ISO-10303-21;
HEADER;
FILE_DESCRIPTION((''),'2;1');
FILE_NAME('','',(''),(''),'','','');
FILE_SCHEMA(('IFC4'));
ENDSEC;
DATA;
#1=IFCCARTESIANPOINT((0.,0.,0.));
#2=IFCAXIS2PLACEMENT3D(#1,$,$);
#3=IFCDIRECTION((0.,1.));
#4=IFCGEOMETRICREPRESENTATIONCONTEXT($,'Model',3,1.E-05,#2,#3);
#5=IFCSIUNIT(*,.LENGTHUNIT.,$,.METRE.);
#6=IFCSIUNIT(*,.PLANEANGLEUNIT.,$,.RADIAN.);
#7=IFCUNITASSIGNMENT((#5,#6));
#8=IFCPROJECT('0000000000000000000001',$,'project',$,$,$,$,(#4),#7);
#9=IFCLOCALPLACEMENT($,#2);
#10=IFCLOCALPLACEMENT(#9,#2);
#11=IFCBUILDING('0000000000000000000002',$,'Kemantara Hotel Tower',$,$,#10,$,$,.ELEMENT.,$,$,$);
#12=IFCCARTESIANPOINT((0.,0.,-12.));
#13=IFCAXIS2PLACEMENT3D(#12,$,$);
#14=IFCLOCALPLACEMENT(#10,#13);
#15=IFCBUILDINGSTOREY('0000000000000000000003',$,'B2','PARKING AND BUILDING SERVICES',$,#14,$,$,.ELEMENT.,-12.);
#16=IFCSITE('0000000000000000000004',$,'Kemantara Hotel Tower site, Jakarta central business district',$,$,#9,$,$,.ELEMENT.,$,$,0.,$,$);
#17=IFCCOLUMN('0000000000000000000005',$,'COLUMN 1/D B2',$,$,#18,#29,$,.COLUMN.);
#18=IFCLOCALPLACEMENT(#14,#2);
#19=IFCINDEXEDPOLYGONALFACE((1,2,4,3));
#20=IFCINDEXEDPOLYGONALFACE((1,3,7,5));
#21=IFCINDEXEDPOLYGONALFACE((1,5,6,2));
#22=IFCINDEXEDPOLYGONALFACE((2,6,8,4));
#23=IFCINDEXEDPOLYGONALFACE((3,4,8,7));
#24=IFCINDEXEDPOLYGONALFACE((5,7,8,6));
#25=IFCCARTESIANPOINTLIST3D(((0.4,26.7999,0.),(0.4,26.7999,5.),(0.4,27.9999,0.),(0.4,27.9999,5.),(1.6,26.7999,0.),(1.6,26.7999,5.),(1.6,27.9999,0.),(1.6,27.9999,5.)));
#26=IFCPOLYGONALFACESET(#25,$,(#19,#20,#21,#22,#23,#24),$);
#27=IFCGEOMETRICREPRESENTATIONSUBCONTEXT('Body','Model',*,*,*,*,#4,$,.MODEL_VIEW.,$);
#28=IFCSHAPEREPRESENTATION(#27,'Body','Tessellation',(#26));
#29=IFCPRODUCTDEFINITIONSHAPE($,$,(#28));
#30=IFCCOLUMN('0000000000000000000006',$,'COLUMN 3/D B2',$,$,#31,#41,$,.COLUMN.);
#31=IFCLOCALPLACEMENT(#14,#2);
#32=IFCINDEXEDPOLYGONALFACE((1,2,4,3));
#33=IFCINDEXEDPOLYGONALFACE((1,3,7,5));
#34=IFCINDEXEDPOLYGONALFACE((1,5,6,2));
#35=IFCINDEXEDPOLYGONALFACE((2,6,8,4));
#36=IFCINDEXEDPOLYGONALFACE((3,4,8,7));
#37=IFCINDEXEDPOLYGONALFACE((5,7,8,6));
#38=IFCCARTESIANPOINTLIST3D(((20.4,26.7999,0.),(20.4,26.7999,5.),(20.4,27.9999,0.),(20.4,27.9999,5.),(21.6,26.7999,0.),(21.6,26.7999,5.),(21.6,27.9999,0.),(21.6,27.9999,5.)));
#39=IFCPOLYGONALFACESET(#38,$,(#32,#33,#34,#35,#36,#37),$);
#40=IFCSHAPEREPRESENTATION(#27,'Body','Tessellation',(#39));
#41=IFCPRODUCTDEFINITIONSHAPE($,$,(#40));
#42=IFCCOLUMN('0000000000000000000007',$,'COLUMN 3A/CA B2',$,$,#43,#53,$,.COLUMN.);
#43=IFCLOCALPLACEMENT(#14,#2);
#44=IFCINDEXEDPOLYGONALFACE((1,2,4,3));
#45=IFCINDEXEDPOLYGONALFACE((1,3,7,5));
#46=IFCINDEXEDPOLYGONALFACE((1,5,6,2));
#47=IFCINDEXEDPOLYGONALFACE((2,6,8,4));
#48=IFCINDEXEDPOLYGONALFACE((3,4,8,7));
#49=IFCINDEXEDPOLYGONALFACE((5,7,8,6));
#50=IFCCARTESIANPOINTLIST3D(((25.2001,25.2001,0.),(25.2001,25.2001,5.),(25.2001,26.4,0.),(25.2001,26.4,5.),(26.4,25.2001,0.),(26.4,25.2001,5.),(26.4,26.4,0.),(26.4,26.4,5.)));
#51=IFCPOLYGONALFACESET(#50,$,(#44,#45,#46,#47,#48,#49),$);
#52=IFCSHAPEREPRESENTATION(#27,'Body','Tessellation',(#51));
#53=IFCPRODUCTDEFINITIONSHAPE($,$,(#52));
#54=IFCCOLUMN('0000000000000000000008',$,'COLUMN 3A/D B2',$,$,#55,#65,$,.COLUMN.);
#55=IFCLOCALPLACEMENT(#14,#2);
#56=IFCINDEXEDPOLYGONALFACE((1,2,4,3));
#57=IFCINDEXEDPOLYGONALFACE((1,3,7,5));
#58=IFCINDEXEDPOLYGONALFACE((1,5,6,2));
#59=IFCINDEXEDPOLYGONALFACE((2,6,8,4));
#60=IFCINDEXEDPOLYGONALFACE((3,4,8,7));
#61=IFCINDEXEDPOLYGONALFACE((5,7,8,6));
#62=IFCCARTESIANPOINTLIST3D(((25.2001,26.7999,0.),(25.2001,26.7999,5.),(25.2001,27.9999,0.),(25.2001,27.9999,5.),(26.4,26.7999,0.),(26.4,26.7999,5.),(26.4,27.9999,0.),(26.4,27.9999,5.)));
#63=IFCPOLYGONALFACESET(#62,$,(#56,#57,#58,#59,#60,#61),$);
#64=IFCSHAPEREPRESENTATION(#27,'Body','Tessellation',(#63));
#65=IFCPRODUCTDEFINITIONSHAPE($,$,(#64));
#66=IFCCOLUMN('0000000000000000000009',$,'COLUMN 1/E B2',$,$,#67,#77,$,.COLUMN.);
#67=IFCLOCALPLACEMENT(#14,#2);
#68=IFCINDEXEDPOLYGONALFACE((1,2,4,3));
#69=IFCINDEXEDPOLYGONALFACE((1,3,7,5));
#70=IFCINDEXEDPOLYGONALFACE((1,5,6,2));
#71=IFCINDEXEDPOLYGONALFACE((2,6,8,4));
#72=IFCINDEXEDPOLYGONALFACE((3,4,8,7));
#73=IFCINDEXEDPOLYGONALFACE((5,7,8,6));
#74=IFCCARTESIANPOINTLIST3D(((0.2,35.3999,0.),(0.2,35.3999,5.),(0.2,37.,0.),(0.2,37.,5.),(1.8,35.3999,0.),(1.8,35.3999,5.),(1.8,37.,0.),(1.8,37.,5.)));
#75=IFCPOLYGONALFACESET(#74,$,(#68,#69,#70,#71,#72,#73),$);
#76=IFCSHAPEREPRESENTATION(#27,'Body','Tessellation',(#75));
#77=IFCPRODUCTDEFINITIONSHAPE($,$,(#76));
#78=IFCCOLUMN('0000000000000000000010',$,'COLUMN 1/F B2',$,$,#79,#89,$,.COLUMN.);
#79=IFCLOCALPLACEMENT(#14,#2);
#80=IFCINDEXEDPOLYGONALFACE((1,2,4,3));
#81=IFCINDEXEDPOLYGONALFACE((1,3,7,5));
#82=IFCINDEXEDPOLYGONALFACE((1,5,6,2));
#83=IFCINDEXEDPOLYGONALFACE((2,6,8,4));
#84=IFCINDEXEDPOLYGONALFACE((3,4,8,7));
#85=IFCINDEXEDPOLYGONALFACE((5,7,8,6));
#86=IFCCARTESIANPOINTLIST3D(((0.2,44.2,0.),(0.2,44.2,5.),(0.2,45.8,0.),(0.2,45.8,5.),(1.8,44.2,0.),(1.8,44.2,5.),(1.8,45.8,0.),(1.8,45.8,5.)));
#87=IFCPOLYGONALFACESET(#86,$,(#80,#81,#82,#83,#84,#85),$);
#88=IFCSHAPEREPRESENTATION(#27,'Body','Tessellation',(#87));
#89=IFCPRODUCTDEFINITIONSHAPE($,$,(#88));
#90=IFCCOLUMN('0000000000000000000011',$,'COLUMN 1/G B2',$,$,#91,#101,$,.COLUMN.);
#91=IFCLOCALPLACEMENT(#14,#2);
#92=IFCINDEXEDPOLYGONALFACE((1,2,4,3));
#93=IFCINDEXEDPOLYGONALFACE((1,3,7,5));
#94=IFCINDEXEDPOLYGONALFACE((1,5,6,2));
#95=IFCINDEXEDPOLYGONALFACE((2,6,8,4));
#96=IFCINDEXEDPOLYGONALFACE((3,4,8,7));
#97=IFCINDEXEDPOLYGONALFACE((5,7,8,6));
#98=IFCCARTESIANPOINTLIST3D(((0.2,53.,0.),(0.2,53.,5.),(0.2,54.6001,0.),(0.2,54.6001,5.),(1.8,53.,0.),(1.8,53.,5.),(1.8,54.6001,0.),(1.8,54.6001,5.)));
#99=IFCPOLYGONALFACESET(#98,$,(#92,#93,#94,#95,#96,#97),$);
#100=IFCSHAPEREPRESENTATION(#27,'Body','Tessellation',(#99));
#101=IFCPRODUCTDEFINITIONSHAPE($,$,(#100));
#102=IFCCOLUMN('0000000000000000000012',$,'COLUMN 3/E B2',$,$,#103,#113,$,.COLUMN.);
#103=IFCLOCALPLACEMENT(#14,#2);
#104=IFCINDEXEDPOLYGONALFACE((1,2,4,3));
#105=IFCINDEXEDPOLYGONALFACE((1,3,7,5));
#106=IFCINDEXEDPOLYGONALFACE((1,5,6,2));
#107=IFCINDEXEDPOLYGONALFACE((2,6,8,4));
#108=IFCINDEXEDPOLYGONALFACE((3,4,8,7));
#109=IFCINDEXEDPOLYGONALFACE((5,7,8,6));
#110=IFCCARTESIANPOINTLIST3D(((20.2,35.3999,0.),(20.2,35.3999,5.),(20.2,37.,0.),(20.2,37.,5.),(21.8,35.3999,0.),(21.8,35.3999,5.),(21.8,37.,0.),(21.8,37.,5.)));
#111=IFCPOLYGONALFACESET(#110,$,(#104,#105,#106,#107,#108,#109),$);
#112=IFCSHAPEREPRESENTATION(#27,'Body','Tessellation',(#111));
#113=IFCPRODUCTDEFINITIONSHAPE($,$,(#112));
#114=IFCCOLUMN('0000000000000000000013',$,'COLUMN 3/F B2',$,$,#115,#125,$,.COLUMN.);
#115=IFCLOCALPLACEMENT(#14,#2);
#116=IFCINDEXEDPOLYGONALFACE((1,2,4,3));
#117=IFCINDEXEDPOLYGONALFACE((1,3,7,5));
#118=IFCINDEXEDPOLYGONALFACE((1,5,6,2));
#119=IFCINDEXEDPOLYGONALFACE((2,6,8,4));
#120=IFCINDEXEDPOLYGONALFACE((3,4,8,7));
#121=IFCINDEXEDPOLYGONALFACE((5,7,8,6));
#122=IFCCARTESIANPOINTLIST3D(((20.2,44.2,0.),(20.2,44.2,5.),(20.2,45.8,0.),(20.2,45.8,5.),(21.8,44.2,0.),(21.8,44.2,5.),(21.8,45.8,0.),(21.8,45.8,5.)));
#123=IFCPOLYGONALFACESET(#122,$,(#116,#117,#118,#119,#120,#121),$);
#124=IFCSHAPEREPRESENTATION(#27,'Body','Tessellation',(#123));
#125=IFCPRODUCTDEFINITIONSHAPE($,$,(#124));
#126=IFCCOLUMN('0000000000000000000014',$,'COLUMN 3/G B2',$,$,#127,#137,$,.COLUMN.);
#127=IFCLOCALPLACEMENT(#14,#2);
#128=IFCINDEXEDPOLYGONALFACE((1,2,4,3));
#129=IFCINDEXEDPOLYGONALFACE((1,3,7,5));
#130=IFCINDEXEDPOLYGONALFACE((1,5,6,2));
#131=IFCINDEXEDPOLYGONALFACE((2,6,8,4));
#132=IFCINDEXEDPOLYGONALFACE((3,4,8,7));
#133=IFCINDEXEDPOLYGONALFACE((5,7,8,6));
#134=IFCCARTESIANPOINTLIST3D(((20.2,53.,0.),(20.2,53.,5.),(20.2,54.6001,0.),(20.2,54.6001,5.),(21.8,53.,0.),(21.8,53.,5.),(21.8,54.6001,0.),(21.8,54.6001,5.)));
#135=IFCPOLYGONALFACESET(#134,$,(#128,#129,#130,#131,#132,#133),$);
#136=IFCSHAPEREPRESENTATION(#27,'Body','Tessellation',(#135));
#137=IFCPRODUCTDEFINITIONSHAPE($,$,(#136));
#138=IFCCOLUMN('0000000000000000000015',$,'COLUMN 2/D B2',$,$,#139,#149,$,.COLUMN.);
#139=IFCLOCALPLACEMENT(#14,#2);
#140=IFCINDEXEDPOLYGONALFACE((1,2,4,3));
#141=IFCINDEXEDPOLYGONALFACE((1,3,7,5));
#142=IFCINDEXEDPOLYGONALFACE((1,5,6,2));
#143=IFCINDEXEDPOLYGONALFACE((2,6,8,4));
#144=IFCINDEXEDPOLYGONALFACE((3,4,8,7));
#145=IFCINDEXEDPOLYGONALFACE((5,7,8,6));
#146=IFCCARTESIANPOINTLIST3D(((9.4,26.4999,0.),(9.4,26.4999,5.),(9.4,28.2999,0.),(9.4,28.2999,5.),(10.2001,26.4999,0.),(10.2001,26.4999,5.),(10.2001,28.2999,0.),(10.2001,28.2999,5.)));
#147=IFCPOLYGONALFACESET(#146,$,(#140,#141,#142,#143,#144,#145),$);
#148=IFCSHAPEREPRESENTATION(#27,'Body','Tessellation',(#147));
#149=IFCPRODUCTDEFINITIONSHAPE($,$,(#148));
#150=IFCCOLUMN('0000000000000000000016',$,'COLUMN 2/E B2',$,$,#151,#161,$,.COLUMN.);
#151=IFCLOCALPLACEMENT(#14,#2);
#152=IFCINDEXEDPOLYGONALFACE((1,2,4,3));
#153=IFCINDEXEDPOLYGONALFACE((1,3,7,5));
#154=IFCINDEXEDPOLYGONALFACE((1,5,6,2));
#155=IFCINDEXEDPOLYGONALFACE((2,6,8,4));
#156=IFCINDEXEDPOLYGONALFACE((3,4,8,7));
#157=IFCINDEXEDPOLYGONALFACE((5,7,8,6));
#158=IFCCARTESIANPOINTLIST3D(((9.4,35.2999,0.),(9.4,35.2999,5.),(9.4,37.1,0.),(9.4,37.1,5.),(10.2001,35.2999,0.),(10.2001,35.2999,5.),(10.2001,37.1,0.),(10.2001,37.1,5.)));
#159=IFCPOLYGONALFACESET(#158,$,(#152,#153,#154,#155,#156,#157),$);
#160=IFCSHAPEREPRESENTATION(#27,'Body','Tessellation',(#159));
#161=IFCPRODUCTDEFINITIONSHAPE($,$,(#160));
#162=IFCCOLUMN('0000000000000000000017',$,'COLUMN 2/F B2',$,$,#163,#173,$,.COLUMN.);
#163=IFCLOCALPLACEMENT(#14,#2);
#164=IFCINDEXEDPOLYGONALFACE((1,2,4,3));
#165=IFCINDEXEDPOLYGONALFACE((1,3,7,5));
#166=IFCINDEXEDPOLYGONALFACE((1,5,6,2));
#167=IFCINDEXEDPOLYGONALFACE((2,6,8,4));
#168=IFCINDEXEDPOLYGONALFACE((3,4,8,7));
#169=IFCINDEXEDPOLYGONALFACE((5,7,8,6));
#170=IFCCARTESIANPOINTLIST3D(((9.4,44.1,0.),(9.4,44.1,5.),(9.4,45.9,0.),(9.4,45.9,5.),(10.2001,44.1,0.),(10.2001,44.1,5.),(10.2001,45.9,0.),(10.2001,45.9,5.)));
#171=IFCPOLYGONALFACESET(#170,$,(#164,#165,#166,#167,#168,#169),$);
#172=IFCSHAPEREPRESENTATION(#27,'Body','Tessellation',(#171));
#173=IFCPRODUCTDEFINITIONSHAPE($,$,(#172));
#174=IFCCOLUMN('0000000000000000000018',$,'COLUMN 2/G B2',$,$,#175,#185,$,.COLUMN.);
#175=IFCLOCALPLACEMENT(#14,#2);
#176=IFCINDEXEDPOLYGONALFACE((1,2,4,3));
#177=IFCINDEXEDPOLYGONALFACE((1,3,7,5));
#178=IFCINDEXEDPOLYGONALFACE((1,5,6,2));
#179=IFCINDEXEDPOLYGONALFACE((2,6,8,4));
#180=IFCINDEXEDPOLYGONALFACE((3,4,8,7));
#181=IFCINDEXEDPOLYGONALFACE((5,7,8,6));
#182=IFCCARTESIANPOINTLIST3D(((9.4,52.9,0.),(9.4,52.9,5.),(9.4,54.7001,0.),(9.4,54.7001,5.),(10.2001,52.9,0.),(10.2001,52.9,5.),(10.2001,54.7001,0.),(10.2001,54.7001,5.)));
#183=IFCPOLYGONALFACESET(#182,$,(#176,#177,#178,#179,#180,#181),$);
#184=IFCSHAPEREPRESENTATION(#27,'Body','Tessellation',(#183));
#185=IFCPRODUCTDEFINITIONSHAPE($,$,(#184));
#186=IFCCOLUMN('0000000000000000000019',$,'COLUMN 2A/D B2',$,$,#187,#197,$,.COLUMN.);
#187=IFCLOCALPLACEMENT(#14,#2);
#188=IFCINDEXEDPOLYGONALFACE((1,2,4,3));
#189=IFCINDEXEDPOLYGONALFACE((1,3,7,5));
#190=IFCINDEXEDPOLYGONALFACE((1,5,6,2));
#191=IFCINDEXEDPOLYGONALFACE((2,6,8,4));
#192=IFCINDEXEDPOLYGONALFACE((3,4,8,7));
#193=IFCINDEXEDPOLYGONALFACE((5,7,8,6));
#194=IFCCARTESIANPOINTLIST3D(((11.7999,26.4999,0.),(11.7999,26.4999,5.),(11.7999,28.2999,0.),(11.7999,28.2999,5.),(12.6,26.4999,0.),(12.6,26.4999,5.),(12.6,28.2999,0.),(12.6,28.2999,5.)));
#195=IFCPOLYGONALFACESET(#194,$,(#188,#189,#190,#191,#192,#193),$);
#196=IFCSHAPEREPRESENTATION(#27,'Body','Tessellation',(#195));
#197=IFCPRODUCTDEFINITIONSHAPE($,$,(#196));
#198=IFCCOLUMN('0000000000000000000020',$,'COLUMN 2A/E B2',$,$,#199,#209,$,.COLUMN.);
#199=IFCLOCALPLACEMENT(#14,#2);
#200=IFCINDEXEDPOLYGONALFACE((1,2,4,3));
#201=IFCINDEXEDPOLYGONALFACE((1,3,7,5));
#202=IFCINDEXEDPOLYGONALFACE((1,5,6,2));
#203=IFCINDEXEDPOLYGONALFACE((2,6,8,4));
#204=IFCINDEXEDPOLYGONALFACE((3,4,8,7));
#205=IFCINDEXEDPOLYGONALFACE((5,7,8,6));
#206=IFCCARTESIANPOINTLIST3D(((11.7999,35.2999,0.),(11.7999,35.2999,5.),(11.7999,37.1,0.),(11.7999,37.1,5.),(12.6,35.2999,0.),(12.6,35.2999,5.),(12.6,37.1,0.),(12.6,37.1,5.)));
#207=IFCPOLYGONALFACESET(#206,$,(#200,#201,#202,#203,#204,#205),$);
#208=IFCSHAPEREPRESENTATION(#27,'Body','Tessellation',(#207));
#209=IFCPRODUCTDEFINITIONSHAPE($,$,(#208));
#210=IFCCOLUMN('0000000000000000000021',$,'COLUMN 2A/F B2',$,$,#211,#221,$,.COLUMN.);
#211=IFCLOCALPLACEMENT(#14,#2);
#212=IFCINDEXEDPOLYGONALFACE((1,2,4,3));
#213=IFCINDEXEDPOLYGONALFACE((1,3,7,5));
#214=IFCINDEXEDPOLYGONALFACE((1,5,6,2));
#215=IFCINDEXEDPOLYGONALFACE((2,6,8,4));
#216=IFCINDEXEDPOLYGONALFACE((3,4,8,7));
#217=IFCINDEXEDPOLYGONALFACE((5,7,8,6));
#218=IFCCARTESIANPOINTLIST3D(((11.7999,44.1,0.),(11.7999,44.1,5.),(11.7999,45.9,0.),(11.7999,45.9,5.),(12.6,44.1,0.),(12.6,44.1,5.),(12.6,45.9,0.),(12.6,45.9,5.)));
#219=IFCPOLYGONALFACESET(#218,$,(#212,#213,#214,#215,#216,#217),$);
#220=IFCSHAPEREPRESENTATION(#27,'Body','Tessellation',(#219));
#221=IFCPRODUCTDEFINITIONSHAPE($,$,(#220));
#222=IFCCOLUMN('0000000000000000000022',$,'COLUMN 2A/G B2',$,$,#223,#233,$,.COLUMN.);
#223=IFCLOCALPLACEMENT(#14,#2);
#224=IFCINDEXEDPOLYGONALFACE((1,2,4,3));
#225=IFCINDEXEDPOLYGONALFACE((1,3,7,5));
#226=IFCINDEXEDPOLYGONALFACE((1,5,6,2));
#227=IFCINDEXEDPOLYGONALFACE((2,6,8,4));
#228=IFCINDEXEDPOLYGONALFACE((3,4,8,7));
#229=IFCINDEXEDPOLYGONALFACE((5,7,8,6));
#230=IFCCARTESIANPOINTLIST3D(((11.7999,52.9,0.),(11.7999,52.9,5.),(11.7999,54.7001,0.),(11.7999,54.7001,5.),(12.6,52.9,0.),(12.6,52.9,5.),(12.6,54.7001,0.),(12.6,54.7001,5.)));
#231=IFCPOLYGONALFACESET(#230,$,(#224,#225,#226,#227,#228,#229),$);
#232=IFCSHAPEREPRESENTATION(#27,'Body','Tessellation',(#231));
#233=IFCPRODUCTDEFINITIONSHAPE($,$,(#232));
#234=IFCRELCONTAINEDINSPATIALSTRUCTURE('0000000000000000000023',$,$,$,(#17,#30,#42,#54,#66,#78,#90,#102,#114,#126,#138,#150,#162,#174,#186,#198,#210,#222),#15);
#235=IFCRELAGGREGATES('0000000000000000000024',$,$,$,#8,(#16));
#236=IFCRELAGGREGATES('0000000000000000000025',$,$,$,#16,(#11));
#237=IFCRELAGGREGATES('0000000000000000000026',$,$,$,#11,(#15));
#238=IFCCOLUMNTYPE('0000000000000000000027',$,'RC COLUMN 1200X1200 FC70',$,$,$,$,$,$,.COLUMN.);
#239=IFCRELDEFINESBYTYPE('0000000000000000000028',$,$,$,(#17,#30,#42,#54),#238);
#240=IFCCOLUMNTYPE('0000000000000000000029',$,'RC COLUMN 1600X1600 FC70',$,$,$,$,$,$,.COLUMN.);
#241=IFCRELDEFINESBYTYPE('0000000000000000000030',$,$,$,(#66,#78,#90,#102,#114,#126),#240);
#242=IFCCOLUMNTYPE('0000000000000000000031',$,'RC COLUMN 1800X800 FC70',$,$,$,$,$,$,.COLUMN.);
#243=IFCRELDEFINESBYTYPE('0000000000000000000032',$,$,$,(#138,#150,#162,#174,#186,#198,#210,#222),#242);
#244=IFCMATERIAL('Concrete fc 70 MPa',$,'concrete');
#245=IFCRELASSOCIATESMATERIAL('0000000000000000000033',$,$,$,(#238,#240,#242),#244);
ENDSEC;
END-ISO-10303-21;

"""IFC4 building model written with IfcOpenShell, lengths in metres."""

from ifc_helpers import new_model, si_unit, direction, frame, origin, origin_2d, place, context, subcontext, project, spatial, rectangle, extrude, material, material_profile, profile_set, type_object, element, save


model = new_model("IFC4")

# Units and contexts
model_context = context("Model", 3, precision=1e-05, world=origin(), true_north=direction((0.0, 1.0)))
body_context = subcontext(model_context, "Body", "Model", "MODEL_VIEW")
ifc_project = project(units=[si_unit("LENGTHUNIT", "METRE"), si_unit("PLANEANGLEUNIT", "RADIAN")], contexts=[model_context])

# Site, building, storey
site_placement = place(None, origin())
site = spatial("IfcSite", under=ifc_project, at=site_placement, Name="Kemantara Hotel Tower site, Jakarta central business district", CompositionType="ELEMENT", RefElevation=0.0)
building_placement = place(site_placement, origin())
building = spatial("IfcBuilding", under=site, at=building_placement, Name="Kemantara Hotel Tower", CompositionType="ELEMENT")
storey_placement = place(building_placement, frame((0.0, 0.0, -12.0)))
storey = spatial("IfcBuildingStorey", under=building, at=storey_placement, Name="B2", Description="PARKING AND BUILDING SERVICES", CompositionType="ELEMENT", Elevation=-12.0)

# Columns
ifc_material_1 = material(Name="Concrete fc 70 MPa", Category="concrete")
ifc_material_profile_1 = material_profile(ifc_material_1, rectangle(XDim=1.2, YDim=1.2, at=origin_2d()), Name="RC 1200X1200")
ifc_profile_set_1 = profile_set([ifc_material_profile_1], Name="Concrete fc 70 MPa")
column_type_1 = type_object("IfcColumnType", Name="RC COLUMN 1200X1200 FC70", PredefinedType="COLUMN", material=ifc_profile_set_1)
for number, where, z_axis, x_axis, name in (
    (1, (1.0, 27.3999, 0.0), (0.0, 0.0, 1.0), (1.0, 0.0, 0.0), "COLUMN 1/D B2"),
    (2, (21.0, 27.3999, 0.0), (0.0, 0.0, 1.0), (1.0, 0.0, 0.0), "COLUMN 3/D B2"),
    (3, (25.8, 25.8, 0.0), (0.0, 0.0, 1.0), (1.0, 0.0, 0.0), "COLUMN 3A/CA B2"),
    (4, (25.8, 27.3999, 0.0), (0.0, 0.0, 1.0), (1.0, 0.0, 0.0), "COLUMN 3A/D B2"),
):
    element("IfcColumn", number, at=place(storey_placement, frame(where, z_axis=z_axis, x_axis=x_axis)), inside=storey, type_object=column_type_1, Name=name, PredefinedType="COLUMN", context=body_context, shape_type="SweptSolid", body=[
        extrude(rectangle(XDim=1.2, YDim=1.2, at=origin_2d()), origin(), (0.0, 0.0, 1.0), 5.0),
    ])
ifc_material_profile_2 = material_profile(ifc_material_1, rectangle(XDim=1.6001, YDim=1.6001, at=origin_2d()), Name="RC 1600X1600")
ifc_profile_set_2 = profile_set([ifc_material_profile_2], Name="Concrete fc 70 MPa")
column_type_2 = type_object("IfcColumnType", Name="RC COLUMN 1600X1600 FC70", PredefinedType="COLUMN", material=ifc_profile_set_2)
for number, where, z_axis, x_axis, name in (
    (5, (1.0, 36.2, 0.0), (0.0, 0.0, 1.0), (1.0, 0.0, 0.0), "COLUMN 1/E B2"),
    (6, (1.0, 45.0, 0.0), (0.0, 0.0, 1.0), (1.0, 0.0, 0.0), "COLUMN 1/F B2"),
    (7, (1.0, 53.8, 0.0), (0.0, 0.0, 1.0), (1.0, 0.0, 0.0), "COLUMN 1/G B2"),
    (8, (21.0, 36.2, 0.0), (0.0, 0.0, 1.0), (1.0, 0.0, 0.0), "COLUMN 3/E B2"),
    (9, (21.0, 45.0, 0.0), (0.0, 0.0, 1.0), (1.0, 0.0, 0.0), "COLUMN 3/F B2"),
    (10, (21.0, 53.8, 0.0), (0.0, 0.0, 1.0), (1.0, 0.0, 0.0), "COLUMN 3/G B2"),
):
    element("IfcColumn", number, at=place(storey_placement, frame(where, z_axis=z_axis, x_axis=x_axis)), inside=storey, type_object=column_type_2, Name=name, PredefinedType="COLUMN", context=body_context, shape_type="SweptSolid", body=[
        extrude(rectangle(XDim=1.6001, YDim=1.6001, at=origin_2d()), origin(), (0.0, 0.0, 1.0), 5.0),
    ])
ifc_material_profile_3 = material_profile(ifc_material_1, rectangle(XDim=1.8, YDim=0.8, at=origin_2d()), Name="RC 1800X800")
ifc_profile_set_3 = profile_set([ifc_material_profile_3], Name="Concrete fc 70 MPa")
column_type_3 = type_object("IfcColumnType", Name="RC COLUMN 1800X800 FC70", PredefinedType="COLUMN", material=ifc_profile_set_3)
for number, where, z_axis, x_axis, name in (
    (11, (9.8, 27.3999, 0.0), (0.0, 0.0, 1.0), (0.0, 1.0, 0.0), "COLUMN 2/D B2"),
    (12, (9.8, 36.2, 0.0), (0.0, 0.0, 1.0), (0.0, 1.0, 0.0), "COLUMN 2/E B2"),
    (13, (9.8, 45.0, 0.0), (0.0, 0.0, 1.0), (0.0, 1.0, 0.0), "COLUMN 2/F B2"),
    (14, (9.8, 53.8, 0.0), (0.0, 0.0, 1.0), (0.0, 1.0, 0.0), "COLUMN 2/G B2"),
    (15, (12.2, 27.3999, 0.0), (0.0, 0.0, 1.0), (0.0, 1.0, 0.0), "COLUMN 2A/D B2"),
    (16, (12.2, 36.2, 0.0), (0.0, 0.0, 1.0), (0.0, 1.0, 0.0), "COLUMN 2A/E B2"),
    (17, (12.2, 45.0, 0.0), (0.0, 0.0, 1.0), (0.0, 1.0, 0.0), "COLUMN 2A/F B2"),
    (18, (12.2, 53.8, 0.0), (0.0, 0.0, 1.0), (0.0, 1.0, 0.0), "COLUMN 2A/G B2"),
):
    element("IfcColumn", number, at=place(storey_placement, frame(where, z_axis=z_axis, x_axis=x_axis)), inside=storey, type_object=column_type_3, Name=name, PredefinedType="COLUMN", context=body_context, shape_type="SweptSolid", body=[
        extrude(rectangle(XDim=1.8, YDim=0.8, at=origin_2d()), origin(), (0.0, 0.0, 1.0), 5.0),
    ])

save(model, "model.ifc")
